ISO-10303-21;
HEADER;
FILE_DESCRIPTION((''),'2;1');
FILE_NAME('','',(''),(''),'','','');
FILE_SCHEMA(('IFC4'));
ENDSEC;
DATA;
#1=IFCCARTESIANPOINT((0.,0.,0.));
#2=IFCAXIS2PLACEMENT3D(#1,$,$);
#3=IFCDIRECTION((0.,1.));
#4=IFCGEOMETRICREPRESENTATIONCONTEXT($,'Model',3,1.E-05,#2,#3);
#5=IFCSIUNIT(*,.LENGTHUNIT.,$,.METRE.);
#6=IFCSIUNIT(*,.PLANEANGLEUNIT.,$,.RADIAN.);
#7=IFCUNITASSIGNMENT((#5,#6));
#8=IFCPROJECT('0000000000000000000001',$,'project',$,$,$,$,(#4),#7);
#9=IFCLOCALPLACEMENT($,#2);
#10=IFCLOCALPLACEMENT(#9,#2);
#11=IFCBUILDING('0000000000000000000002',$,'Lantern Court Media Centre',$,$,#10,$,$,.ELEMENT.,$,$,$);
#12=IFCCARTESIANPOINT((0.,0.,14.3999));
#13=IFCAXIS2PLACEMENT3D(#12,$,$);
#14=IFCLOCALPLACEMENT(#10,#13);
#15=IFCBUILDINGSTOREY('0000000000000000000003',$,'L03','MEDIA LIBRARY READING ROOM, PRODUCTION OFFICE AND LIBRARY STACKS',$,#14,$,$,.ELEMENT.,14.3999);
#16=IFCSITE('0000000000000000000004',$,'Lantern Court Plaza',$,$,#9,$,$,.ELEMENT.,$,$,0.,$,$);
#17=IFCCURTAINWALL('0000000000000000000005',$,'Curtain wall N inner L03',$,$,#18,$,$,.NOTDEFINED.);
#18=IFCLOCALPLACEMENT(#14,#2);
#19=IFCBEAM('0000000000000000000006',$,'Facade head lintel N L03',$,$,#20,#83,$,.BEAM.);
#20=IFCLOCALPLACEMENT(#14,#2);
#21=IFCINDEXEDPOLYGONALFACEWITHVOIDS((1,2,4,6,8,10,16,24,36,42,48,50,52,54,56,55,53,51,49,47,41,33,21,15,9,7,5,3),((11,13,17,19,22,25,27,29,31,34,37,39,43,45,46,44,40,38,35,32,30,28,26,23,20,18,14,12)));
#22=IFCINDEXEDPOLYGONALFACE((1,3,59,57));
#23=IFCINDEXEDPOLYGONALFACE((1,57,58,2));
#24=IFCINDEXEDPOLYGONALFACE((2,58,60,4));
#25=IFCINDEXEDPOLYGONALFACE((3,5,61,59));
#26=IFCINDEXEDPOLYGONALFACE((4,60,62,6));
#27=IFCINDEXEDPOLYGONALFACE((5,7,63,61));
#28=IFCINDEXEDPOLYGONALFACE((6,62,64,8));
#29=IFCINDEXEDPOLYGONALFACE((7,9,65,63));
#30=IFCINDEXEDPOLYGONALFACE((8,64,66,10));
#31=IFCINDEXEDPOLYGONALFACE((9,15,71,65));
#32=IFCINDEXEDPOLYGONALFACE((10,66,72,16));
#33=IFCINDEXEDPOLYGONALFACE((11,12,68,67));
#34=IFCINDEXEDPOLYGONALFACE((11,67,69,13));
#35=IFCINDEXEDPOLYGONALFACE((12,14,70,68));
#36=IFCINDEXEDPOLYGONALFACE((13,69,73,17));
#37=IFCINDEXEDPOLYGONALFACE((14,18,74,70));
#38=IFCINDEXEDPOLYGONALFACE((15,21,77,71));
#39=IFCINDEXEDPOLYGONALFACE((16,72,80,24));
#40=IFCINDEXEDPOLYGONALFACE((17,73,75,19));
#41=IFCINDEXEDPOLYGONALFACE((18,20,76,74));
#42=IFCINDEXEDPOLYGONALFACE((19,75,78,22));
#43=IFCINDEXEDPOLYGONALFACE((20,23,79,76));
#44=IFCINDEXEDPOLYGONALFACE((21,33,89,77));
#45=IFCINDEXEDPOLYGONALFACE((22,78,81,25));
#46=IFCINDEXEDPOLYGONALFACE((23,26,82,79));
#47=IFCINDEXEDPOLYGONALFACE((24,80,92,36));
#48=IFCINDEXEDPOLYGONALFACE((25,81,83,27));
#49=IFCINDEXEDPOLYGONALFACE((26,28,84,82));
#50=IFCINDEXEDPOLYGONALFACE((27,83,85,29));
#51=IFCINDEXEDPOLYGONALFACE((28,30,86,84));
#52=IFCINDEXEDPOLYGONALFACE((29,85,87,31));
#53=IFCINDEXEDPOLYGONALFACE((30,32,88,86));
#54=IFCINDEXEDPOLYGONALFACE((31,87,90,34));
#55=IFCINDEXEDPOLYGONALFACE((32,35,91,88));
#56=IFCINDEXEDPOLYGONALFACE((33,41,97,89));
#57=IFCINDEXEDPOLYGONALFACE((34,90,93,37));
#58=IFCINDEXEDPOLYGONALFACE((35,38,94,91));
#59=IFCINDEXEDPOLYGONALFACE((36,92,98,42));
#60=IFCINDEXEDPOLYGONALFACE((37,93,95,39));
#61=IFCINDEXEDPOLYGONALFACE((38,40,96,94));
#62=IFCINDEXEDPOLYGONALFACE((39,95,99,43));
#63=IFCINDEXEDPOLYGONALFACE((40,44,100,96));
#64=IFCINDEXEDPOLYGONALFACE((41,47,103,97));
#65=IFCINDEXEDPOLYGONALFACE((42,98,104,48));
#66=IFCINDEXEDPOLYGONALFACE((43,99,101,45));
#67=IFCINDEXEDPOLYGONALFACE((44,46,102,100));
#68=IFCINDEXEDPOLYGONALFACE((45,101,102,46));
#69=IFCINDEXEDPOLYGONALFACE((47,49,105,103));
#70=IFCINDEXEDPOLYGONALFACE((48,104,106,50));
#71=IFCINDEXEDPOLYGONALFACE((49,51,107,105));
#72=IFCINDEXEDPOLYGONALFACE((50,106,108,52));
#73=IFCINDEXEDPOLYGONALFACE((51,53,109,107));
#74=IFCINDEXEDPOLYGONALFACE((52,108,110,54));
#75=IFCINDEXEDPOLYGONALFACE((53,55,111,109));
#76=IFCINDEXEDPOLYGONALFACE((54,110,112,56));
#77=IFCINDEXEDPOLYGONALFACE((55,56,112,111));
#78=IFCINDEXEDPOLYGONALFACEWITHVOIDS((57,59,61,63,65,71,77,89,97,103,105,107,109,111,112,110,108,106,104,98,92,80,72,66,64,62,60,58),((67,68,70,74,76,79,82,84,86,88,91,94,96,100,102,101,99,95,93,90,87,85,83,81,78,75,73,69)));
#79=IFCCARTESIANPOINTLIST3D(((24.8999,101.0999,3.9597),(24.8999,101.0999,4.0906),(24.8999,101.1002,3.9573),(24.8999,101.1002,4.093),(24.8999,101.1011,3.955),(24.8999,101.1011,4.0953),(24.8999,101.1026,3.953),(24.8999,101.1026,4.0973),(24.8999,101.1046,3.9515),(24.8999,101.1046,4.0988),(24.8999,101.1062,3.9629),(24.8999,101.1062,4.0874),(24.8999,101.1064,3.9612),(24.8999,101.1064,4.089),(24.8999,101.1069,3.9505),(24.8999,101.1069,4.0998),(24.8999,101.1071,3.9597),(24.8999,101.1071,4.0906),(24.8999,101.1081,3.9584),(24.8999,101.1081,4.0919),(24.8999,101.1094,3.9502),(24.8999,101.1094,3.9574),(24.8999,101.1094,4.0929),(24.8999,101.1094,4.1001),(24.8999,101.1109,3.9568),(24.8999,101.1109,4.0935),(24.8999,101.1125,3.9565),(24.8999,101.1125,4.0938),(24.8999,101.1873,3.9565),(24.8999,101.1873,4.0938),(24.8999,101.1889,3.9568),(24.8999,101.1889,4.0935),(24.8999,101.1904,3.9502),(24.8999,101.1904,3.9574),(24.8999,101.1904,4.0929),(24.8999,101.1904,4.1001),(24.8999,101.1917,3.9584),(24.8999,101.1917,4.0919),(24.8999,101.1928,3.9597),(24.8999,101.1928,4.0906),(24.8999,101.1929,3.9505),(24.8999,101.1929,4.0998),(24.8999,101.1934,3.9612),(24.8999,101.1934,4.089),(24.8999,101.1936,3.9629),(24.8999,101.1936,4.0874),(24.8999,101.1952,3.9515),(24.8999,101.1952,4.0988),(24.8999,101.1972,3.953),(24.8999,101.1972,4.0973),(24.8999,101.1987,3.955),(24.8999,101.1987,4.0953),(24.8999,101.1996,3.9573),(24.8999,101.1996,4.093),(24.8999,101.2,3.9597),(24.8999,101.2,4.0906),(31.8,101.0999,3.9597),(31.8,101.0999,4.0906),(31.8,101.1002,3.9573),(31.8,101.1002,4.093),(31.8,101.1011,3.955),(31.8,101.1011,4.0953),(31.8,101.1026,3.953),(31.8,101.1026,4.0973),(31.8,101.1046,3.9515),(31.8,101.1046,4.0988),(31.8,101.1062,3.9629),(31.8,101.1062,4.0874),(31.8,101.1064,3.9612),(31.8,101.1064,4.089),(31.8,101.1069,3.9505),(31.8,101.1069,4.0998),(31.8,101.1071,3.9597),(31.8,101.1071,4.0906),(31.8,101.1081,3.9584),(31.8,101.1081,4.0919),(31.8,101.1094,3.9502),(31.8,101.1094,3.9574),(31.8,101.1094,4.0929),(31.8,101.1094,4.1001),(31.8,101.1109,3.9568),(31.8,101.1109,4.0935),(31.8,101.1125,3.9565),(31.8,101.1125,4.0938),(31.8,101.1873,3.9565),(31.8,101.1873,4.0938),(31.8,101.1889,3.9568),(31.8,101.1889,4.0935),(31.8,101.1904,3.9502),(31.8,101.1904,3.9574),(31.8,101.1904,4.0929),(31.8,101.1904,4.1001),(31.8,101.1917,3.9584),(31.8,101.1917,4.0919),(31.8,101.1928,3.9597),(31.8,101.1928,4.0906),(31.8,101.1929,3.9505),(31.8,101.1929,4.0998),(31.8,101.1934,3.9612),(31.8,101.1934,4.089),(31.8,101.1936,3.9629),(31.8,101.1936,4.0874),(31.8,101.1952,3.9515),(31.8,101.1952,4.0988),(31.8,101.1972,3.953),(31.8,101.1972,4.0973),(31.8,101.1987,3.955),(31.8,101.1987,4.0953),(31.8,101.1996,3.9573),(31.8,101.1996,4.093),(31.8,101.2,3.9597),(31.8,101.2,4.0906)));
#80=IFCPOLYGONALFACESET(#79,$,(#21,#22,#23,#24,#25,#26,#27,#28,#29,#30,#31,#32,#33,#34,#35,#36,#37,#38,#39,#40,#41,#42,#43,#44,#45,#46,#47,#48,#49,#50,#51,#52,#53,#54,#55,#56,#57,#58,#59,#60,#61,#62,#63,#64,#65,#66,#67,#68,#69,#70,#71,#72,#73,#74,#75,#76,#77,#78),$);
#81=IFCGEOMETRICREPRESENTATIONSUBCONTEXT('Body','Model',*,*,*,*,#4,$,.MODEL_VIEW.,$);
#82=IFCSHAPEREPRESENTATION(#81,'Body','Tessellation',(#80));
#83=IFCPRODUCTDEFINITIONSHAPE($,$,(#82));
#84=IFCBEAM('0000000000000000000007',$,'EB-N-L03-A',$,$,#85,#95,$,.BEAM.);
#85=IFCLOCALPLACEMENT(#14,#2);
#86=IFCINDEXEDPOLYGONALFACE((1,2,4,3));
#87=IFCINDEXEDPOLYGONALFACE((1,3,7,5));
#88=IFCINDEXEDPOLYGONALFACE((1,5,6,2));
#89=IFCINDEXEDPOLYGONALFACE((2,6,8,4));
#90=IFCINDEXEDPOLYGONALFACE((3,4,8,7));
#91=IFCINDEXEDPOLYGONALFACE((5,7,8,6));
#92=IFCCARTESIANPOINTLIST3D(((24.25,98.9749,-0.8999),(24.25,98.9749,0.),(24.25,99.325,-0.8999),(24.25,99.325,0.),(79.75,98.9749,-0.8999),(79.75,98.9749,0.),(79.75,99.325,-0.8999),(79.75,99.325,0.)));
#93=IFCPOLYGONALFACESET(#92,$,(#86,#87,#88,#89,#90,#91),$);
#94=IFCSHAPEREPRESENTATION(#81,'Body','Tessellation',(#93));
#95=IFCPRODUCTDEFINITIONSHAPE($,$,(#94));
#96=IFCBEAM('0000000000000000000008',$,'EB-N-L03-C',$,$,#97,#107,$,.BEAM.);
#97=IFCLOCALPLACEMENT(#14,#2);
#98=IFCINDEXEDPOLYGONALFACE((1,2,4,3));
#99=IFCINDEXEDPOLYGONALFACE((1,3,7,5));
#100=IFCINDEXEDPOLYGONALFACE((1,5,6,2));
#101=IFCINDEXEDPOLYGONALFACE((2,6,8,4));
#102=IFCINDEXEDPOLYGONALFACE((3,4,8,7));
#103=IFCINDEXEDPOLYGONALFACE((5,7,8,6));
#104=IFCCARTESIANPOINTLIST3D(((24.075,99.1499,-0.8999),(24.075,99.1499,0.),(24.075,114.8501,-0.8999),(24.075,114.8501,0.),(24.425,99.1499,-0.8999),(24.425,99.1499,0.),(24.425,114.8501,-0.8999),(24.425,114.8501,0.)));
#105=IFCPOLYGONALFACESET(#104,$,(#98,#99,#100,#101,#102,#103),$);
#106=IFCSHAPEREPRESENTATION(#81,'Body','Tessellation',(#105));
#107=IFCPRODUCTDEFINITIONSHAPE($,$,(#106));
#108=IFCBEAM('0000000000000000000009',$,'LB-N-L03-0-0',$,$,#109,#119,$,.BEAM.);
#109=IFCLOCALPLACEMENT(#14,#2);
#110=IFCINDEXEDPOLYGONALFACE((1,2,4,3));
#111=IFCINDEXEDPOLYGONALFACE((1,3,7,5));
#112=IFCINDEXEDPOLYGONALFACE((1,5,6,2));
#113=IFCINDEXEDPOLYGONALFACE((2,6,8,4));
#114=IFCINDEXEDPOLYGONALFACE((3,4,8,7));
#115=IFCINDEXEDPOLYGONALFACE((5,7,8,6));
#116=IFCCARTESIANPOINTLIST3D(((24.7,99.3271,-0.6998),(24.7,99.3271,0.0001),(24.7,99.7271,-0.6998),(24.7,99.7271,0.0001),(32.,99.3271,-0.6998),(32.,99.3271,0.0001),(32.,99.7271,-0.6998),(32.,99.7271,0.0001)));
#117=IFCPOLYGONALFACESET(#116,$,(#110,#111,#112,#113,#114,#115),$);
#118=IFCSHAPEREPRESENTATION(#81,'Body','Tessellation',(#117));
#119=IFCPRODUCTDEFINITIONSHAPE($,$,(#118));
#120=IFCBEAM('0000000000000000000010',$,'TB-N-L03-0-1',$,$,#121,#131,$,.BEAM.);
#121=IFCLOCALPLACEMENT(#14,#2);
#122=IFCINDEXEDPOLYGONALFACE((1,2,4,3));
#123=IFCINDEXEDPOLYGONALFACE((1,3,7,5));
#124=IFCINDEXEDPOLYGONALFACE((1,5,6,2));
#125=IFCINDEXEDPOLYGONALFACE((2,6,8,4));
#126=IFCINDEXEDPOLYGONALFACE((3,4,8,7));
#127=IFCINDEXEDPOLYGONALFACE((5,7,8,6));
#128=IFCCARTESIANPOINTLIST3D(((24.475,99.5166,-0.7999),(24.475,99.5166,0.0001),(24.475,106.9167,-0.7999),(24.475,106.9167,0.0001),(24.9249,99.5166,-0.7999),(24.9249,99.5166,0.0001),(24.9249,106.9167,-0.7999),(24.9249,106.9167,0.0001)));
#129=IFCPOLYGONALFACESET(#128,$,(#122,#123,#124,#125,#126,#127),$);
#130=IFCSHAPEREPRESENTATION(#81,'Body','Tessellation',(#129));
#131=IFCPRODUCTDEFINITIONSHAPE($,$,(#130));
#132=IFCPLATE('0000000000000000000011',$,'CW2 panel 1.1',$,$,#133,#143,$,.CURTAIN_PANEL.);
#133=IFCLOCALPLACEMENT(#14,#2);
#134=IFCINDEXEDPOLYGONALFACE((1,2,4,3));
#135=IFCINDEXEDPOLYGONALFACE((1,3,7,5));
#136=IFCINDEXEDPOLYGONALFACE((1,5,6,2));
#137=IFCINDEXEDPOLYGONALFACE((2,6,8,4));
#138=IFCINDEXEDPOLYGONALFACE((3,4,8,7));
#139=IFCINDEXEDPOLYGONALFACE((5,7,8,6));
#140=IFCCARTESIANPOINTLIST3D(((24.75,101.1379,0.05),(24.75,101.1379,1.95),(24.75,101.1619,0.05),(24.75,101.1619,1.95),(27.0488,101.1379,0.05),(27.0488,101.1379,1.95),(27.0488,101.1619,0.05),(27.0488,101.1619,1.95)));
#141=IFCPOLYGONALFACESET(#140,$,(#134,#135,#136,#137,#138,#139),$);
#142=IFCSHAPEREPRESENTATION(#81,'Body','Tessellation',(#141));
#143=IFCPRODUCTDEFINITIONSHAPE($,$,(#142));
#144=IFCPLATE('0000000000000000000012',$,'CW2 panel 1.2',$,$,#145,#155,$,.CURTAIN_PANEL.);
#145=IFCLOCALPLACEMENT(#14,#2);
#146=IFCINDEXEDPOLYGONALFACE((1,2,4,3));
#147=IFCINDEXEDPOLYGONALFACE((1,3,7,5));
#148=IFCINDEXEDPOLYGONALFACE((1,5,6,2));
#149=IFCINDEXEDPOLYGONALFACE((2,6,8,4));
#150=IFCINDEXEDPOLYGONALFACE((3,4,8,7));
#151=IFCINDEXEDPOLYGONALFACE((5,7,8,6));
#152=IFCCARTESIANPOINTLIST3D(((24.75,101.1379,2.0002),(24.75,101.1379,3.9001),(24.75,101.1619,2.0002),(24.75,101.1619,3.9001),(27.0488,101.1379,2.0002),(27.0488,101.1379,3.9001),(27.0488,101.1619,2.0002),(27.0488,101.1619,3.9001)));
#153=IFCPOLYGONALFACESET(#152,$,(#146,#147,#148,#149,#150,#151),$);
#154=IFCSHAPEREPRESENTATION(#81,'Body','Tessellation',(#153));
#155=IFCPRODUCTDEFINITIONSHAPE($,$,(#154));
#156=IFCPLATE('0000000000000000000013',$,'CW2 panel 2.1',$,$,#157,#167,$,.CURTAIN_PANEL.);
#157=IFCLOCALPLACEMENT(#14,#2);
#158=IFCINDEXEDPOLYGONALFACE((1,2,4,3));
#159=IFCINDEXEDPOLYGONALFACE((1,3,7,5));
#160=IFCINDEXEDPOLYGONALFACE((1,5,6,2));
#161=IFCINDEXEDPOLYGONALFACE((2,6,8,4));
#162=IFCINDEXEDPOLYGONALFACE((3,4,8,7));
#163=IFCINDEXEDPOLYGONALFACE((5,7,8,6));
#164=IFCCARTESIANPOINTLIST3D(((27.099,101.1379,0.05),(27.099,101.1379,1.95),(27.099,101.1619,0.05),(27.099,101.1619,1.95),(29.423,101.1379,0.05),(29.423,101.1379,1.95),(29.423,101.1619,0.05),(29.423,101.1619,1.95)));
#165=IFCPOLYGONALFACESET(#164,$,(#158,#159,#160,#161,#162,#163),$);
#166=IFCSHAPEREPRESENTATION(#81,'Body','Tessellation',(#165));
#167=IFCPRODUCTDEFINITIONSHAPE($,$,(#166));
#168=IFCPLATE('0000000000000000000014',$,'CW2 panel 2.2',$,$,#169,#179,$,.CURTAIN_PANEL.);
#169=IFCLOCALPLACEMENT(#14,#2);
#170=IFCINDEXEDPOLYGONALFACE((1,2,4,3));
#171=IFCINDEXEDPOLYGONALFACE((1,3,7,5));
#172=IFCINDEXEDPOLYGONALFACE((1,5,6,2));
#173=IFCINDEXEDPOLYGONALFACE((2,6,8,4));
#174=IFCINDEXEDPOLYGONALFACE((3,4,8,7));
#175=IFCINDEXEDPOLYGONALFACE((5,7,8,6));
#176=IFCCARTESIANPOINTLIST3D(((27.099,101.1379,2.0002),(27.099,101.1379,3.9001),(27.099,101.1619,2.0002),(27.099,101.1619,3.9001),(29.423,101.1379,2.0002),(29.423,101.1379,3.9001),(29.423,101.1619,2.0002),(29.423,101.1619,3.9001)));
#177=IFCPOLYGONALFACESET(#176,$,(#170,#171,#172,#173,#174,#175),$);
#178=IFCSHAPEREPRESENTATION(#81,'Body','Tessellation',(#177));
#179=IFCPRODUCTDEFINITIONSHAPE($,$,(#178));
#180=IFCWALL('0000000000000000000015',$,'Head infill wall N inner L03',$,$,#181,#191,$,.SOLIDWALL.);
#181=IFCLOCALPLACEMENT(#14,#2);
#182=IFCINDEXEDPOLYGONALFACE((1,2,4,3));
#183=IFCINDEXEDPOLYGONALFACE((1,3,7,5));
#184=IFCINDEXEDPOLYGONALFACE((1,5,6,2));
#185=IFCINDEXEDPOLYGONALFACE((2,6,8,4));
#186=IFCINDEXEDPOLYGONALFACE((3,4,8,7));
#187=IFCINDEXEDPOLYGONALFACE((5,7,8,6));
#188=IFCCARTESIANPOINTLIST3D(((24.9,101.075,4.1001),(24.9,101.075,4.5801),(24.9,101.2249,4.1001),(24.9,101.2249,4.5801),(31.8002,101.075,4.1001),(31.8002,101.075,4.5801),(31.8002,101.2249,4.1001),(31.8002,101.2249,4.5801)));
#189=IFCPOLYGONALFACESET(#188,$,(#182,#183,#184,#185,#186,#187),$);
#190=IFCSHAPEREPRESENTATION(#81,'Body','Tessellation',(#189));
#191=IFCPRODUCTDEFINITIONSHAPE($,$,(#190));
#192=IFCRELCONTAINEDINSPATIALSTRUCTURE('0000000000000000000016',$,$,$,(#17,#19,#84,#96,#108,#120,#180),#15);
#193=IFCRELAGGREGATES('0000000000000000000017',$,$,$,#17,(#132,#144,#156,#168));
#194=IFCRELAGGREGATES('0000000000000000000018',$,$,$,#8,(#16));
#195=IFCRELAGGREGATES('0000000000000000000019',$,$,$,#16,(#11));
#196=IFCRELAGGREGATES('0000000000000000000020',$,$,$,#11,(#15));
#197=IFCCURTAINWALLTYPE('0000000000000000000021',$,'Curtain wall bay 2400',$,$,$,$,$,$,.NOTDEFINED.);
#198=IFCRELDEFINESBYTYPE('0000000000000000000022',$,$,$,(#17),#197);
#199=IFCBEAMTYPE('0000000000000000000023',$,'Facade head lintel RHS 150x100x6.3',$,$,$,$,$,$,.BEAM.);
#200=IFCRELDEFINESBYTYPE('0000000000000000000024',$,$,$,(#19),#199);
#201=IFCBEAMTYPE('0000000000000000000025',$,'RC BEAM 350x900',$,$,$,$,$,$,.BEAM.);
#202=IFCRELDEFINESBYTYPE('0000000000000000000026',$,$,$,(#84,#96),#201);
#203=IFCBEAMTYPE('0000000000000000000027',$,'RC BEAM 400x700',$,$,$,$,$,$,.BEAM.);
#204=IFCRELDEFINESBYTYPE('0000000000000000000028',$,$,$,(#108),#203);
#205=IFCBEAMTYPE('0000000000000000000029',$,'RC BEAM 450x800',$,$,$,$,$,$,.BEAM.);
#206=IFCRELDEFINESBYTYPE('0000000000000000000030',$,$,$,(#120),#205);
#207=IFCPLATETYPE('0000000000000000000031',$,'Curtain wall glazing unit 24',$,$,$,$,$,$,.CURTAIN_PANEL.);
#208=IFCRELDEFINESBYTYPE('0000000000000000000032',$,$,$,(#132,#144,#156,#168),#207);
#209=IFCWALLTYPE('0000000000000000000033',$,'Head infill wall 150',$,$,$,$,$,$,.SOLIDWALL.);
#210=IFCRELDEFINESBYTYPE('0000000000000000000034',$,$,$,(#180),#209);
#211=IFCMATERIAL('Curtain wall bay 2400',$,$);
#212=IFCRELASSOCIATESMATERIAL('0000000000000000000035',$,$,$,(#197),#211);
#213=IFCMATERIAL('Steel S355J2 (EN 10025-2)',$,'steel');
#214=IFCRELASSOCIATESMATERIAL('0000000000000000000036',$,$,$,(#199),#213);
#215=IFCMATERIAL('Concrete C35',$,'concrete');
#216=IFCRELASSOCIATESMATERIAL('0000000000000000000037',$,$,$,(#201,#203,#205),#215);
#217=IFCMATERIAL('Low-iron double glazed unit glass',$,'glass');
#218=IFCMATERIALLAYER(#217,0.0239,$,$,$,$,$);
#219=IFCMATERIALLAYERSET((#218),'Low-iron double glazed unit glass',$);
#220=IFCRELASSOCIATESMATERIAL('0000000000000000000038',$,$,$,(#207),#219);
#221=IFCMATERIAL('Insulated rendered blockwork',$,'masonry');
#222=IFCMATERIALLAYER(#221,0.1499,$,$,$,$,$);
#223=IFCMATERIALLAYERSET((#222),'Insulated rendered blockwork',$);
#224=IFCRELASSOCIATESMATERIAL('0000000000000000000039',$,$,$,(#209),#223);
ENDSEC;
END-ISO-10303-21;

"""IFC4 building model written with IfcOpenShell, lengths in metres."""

from ifc_helpers import new_model, si_unit, direction, frame, frame_2d, origin, origin_2d, place, context, subcontext, project, spatial, rectangle, hollow_rectangle, extrude, material, layer, layer_set, material_profile, profile_set, type_object, element, aggregate, save


model = new_model("IFC4")

# Units and contexts
model_context = context("Model", 3, precision=1e-05, world=origin(), true_north=direction((0.0, 1.0)))
body_context = subcontext(model_context, "Body", "Model", "MODEL_VIEW")
ifc_project = project(units=[si_unit("LENGTHUNIT", "METRE"), si_unit("PLANEANGLEUNIT", "RADIAN")], contexts=[model_context])

# Site, building, storey
site_placement = place(None, origin())
site = spatial("IfcSite", under=ifc_project, at=site_placement, Name="Lantern Court Plaza", CompositionType="ELEMENT", RefElevation=0.0)
building_placement = place(site_placement, origin())
building = spatial("IfcBuilding", under=site, at=building_placement, Name="Lantern Court Media Centre", CompositionType="ELEMENT")
storey_placement = place(building_placement, frame((0.0, 0.0, 14.3999)))
storey = spatial("IfcBuildingStorey", under=building, at=storey_placement, Name="L03", Description="MEDIA LIBRARY READING ROOM, PRODUCTION OFFICE AND LIBRARY STACKS", CompositionType="ELEMENT", Elevation=14.3999)

# Shared definitions
ifc_material_1 = material(Name="Concrete C35", Category="concrete")

# Curtain wall
ifc_material_2 = material(Name="Curtain wall bay 2400")
curtain_wall_type = type_object("IfcCurtainWallType", Name="Curtain wall bay 2400", PredefinedType="NOTDEFINED", material=ifc_material_2)
curtain_wall_placement = place(storey_placement, origin())
curtain_wall = element("IfcCurtainWall", 1, at=curtain_wall_placement, inside=storey, type_object=curtain_wall_type, Name="Curtain wall N inner L03", PredefinedType="NOTDEFINED")

# Beams
ifc_material_3 = material(Name="Steel S355J2 (EN 10025-2)", Category="steel")
ifc_material_profile_1 = material_profile(ifc_material_3, hollow_rectangle(XDim=0.1001, YDim=0.1499, WallThickness=0.0063, InnerFilletRadius=0.0063, OuterFilletRadius=0.0095, at=origin_2d()), Name="Facade head lintel RHS 150x100x6.3")
ifc_profile_set_1 = profile_set([ifc_material_profile_1], Name="Steel S355J2 (EN 10025-2)")
beam_type_1 = type_object("IfcBeamType", Name="Facade head lintel RHS 150x100x6.3", PredefinedType="BEAM", material=ifc_profile_set_1)
beam_1_placement = place(storey_placement, frame((24.8999, 101.1499, 4.0251), z_axis=(1.0, 0.0, 0.0), x_axis=(0.0, 1.0, 0.0)))
element("IfcBeam", 2, at=beam_1_placement, inside=storey, type_object=beam_type_1, Name="Facade head lintel N L03", PredefinedType="BEAM", context=body_context, shape_type="SweptSolid", body=[
    extrude(hollow_rectangle(XDim=0.1001, YDim=0.1499, WallThickness=0.0063, InnerFilletRadius=0.0063, OuterFilletRadius=0.0095, at=origin_2d()), origin(), (0.0, 0.0, 1.0), 6.9001),
])
ifc_material_profile_2 = material_profile(ifc_material_1, rectangle(XDim=0.3501, YDim=0.8999, at=origin_2d()), Name="RC 350x900")
ifc_profile_set_2 = profile_set([ifc_material_profile_2], Name="Concrete C35")
beam_type_2 = type_object("IfcBeamType", Name="RC BEAM 350x900", PredefinedType="BEAM", material=ifc_profile_set_2)
beam_2_placement = place(storey_placement, frame((24.25, 99.1499, -0.45), z_axis=(1.0, 0.0, 0.0), x_axis=(0.0, 1.0, 0.0)))
element("IfcBeam", 3, at=beam_2_placement, inside=storey, type_object=beam_type_2, Name="EB-N-L03-A", PredefinedType="BEAM", context=body_context, shape_type="SweptSolid", body=[
    extrude(rectangle(XDim=0.3501, YDim=0.8999, at=origin_2d()), origin(), (0.0, 0.0, 1.0), 55.5),
])
beam_3_placement = place(storey_placement, frame((24.25, 99.1499, -0.45), z_axis=(0.0, 1.0, 0.0), x_axis=(-1.0, 0.0, 0.0)))
element("IfcBeam", 4, at=beam_3_placement, inside=storey, type_object=beam_type_2, Name="EB-N-L03-C", PredefinedType="BEAM", context=body_context, shape_type="SweptSolid", body=[
    extrude(rectangle(XDim=0.3501, YDim=0.8999, at=origin_2d()), origin(), (0.0, 0.0, 1.0), 15.7002),
])
ifc_material_profile_3 = material_profile(ifc_material_1, rectangle(XDim=0.3999, YDim=0.7, at=origin_2d()), Name="RC 400x700")
ifc_profile_set_3 = profile_set([ifc_material_profile_3], Name="Concrete C35")
beam_type_3 = type_object("IfcBeamType", Name="RC BEAM 400x700", PredefinedType="BEAM", material=ifc_profile_set_3)
beam_4_placement = place(storey_placement, frame((24.7, 99.5271, -0.3499), z_axis=(1.0, 0.0, 0.0), x_axis=(0.0, 1.0, 0.0)))
element("IfcBeam", 5, at=beam_4_placement, inside=storey, type_object=beam_type_3, Name="LB-N-L03-0-0", PredefinedType="BEAM", context=body_context, shape_type="SweptSolid", body=[
    extrude(rectangle(XDim=0.3999, YDim=0.7, at=origin_2d()), origin(), (0.0, 0.0, 1.0), 7.3),
])
ifc_material_profile_4 = material_profile(ifc_material_1, rectangle(XDim=0.45, YDim=0.8, at=origin_2d()), Name="RC 450x800")
ifc_profile_set_4 = profile_set([ifc_material_profile_4], Name="Concrete C35")
beam_type_4 = type_object("IfcBeamType", Name="RC BEAM 450x800", PredefinedType="BEAM", material=ifc_profile_set_4)
beam_5_placement = place(storey_placement, frame((24.7, 99.5166, -0.3999), z_axis=(0.0, 1.0, 0.0), x_axis=(-1.0, 0.0, 0.0)))
element("IfcBeam", 6, at=beam_5_placement, inside=storey, type_object=beam_type_4, Name="TB-N-L03-0-1", PredefinedType="BEAM", context=body_context, shape_type="SweptSolid", body=[
    extrude(rectangle(XDim=0.45, YDim=0.8, at=origin_2d()), origin(), (0.0, 0.0, 1.0), 7.4001),
])

# Plates
ifc_material_4 = material(Name="Low-iron double glazed unit glass", Category="glass")
ifc_layer_1 = layer(ifc_material_4, 0.0239)
ifc_layer_set_1 = layer_set([ifc_layer_1], Name="Low-iron double glazed unit glass")
plate_type = type_object("IfcPlateType", Name="Curtain wall glazing unit 24", PredefinedType="CURTAIN_PANEL", material=ifc_layer_set_1)
plate_1_placement = place(storey_placement, frame((25.8994, 101.1499, 0.05), z_axis=(0.0, 0.0, 1.0), x_axis=(1.0, 0.0, 0.0)))
plate_1 = element("IfcPlate", 7, at=plate_1_placement, type_object=plate_type, Name="CW2 panel 1.1", PredefinedType="CURTAIN_PANEL", context=body_context, shape_type="SweptSolid", body=[
    extrude(rectangle(XDim=2.2988, YDim=0.0239, at=origin_2d()), origin(), (0.0, 0.0, 1.0), 1.8999),
])
plate_2_placement = place(storey_placement, frame((25.8994, 101.1499, 2.0002), z_axis=(0.0, 0.0, 1.0), x_axis=(1.0, 0.0, 0.0)))
plate_2 = element("IfcPlate", 8, at=plate_2_placement, type_object=plate_type, Name="CW2 panel 1.2", PredefinedType="CURTAIN_PANEL", context=body_context, shape_type="SweptSolid", body=[
    extrude(rectangle(XDim=2.2988, YDim=0.0239, at=origin_2d()), origin(), (0.0, 0.0, 1.0), 1.8999),
])
plate_3_placement = place(storey_placement, frame((28.261, 101.1499, 0.05), z_axis=(0.0, 0.0, 1.0), x_axis=(1.0, 0.0, 0.0)))
plate_3 = element("IfcPlate", 9, at=plate_3_placement, type_object=plate_type, Name="CW2 panel 2.1", PredefinedType="CURTAIN_PANEL", context=body_context, shape_type="SweptSolid", body=[
    extrude(rectangle(XDim=2.324, YDim=0.0239, at=origin_2d()), origin(), (0.0, 0.0, 1.0), 1.8999),
])
plate_4_placement = place(storey_placement, frame((28.261, 101.1499, 2.0002), z_axis=(0.0, 0.0, 1.0), x_axis=(1.0, 0.0, 0.0)))
plate_4 = element("IfcPlate", 10, at=plate_4_placement, type_object=plate_type, Name="CW2 panel 2.2", PredefinedType="CURTAIN_PANEL", context=body_context, shape_type="SweptSolid", body=[
    extrude(rectangle(XDim=2.324, YDim=0.0239, at=origin_2d()), origin(), (0.0, 0.0, 1.0), 1.8999),
])
aggregate(curtain_wall, [plate_1, plate_2, plate_3, plate_4])

# Wall
ifc_material_5 = material(Name="Insulated rendered blockwork", Category="masonry")
ifc_layer_2 = layer(ifc_material_5, 0.1499)
ifc_layer_set_2 = layer_set([ifc_layer_2], Name="Insulated rendered blockwork")
wall_type_1 = type_object("IfcWallType", Name="Head infill wall 150", PredefinedType="SOLIDWALL", material=ifc_layer_set_2)
wall_1_placement = place(storey_placement, frame((24.8999, 101.1499, 4.1001), z_axis=(0.0, 0.0, 1.0), x_axis=(1.0, 0.0, 0.0)))
element("IfcWall", 11, at=wall_1_placement, inside=storey, type_object=wall_type_1, Name="Head infill wall N inner L03", PredefinedType="SOLIDWALL", context=body_context, shape_type="SweptSolid", body=[
    extrude(rectangle(XDim=6.9001, YDim=0.1499, at=frame_2d((3.4502, 0.0))), origin(), (0.0, 0.0, 1.0), 0.48),
])

save(model, "model.ifc")
